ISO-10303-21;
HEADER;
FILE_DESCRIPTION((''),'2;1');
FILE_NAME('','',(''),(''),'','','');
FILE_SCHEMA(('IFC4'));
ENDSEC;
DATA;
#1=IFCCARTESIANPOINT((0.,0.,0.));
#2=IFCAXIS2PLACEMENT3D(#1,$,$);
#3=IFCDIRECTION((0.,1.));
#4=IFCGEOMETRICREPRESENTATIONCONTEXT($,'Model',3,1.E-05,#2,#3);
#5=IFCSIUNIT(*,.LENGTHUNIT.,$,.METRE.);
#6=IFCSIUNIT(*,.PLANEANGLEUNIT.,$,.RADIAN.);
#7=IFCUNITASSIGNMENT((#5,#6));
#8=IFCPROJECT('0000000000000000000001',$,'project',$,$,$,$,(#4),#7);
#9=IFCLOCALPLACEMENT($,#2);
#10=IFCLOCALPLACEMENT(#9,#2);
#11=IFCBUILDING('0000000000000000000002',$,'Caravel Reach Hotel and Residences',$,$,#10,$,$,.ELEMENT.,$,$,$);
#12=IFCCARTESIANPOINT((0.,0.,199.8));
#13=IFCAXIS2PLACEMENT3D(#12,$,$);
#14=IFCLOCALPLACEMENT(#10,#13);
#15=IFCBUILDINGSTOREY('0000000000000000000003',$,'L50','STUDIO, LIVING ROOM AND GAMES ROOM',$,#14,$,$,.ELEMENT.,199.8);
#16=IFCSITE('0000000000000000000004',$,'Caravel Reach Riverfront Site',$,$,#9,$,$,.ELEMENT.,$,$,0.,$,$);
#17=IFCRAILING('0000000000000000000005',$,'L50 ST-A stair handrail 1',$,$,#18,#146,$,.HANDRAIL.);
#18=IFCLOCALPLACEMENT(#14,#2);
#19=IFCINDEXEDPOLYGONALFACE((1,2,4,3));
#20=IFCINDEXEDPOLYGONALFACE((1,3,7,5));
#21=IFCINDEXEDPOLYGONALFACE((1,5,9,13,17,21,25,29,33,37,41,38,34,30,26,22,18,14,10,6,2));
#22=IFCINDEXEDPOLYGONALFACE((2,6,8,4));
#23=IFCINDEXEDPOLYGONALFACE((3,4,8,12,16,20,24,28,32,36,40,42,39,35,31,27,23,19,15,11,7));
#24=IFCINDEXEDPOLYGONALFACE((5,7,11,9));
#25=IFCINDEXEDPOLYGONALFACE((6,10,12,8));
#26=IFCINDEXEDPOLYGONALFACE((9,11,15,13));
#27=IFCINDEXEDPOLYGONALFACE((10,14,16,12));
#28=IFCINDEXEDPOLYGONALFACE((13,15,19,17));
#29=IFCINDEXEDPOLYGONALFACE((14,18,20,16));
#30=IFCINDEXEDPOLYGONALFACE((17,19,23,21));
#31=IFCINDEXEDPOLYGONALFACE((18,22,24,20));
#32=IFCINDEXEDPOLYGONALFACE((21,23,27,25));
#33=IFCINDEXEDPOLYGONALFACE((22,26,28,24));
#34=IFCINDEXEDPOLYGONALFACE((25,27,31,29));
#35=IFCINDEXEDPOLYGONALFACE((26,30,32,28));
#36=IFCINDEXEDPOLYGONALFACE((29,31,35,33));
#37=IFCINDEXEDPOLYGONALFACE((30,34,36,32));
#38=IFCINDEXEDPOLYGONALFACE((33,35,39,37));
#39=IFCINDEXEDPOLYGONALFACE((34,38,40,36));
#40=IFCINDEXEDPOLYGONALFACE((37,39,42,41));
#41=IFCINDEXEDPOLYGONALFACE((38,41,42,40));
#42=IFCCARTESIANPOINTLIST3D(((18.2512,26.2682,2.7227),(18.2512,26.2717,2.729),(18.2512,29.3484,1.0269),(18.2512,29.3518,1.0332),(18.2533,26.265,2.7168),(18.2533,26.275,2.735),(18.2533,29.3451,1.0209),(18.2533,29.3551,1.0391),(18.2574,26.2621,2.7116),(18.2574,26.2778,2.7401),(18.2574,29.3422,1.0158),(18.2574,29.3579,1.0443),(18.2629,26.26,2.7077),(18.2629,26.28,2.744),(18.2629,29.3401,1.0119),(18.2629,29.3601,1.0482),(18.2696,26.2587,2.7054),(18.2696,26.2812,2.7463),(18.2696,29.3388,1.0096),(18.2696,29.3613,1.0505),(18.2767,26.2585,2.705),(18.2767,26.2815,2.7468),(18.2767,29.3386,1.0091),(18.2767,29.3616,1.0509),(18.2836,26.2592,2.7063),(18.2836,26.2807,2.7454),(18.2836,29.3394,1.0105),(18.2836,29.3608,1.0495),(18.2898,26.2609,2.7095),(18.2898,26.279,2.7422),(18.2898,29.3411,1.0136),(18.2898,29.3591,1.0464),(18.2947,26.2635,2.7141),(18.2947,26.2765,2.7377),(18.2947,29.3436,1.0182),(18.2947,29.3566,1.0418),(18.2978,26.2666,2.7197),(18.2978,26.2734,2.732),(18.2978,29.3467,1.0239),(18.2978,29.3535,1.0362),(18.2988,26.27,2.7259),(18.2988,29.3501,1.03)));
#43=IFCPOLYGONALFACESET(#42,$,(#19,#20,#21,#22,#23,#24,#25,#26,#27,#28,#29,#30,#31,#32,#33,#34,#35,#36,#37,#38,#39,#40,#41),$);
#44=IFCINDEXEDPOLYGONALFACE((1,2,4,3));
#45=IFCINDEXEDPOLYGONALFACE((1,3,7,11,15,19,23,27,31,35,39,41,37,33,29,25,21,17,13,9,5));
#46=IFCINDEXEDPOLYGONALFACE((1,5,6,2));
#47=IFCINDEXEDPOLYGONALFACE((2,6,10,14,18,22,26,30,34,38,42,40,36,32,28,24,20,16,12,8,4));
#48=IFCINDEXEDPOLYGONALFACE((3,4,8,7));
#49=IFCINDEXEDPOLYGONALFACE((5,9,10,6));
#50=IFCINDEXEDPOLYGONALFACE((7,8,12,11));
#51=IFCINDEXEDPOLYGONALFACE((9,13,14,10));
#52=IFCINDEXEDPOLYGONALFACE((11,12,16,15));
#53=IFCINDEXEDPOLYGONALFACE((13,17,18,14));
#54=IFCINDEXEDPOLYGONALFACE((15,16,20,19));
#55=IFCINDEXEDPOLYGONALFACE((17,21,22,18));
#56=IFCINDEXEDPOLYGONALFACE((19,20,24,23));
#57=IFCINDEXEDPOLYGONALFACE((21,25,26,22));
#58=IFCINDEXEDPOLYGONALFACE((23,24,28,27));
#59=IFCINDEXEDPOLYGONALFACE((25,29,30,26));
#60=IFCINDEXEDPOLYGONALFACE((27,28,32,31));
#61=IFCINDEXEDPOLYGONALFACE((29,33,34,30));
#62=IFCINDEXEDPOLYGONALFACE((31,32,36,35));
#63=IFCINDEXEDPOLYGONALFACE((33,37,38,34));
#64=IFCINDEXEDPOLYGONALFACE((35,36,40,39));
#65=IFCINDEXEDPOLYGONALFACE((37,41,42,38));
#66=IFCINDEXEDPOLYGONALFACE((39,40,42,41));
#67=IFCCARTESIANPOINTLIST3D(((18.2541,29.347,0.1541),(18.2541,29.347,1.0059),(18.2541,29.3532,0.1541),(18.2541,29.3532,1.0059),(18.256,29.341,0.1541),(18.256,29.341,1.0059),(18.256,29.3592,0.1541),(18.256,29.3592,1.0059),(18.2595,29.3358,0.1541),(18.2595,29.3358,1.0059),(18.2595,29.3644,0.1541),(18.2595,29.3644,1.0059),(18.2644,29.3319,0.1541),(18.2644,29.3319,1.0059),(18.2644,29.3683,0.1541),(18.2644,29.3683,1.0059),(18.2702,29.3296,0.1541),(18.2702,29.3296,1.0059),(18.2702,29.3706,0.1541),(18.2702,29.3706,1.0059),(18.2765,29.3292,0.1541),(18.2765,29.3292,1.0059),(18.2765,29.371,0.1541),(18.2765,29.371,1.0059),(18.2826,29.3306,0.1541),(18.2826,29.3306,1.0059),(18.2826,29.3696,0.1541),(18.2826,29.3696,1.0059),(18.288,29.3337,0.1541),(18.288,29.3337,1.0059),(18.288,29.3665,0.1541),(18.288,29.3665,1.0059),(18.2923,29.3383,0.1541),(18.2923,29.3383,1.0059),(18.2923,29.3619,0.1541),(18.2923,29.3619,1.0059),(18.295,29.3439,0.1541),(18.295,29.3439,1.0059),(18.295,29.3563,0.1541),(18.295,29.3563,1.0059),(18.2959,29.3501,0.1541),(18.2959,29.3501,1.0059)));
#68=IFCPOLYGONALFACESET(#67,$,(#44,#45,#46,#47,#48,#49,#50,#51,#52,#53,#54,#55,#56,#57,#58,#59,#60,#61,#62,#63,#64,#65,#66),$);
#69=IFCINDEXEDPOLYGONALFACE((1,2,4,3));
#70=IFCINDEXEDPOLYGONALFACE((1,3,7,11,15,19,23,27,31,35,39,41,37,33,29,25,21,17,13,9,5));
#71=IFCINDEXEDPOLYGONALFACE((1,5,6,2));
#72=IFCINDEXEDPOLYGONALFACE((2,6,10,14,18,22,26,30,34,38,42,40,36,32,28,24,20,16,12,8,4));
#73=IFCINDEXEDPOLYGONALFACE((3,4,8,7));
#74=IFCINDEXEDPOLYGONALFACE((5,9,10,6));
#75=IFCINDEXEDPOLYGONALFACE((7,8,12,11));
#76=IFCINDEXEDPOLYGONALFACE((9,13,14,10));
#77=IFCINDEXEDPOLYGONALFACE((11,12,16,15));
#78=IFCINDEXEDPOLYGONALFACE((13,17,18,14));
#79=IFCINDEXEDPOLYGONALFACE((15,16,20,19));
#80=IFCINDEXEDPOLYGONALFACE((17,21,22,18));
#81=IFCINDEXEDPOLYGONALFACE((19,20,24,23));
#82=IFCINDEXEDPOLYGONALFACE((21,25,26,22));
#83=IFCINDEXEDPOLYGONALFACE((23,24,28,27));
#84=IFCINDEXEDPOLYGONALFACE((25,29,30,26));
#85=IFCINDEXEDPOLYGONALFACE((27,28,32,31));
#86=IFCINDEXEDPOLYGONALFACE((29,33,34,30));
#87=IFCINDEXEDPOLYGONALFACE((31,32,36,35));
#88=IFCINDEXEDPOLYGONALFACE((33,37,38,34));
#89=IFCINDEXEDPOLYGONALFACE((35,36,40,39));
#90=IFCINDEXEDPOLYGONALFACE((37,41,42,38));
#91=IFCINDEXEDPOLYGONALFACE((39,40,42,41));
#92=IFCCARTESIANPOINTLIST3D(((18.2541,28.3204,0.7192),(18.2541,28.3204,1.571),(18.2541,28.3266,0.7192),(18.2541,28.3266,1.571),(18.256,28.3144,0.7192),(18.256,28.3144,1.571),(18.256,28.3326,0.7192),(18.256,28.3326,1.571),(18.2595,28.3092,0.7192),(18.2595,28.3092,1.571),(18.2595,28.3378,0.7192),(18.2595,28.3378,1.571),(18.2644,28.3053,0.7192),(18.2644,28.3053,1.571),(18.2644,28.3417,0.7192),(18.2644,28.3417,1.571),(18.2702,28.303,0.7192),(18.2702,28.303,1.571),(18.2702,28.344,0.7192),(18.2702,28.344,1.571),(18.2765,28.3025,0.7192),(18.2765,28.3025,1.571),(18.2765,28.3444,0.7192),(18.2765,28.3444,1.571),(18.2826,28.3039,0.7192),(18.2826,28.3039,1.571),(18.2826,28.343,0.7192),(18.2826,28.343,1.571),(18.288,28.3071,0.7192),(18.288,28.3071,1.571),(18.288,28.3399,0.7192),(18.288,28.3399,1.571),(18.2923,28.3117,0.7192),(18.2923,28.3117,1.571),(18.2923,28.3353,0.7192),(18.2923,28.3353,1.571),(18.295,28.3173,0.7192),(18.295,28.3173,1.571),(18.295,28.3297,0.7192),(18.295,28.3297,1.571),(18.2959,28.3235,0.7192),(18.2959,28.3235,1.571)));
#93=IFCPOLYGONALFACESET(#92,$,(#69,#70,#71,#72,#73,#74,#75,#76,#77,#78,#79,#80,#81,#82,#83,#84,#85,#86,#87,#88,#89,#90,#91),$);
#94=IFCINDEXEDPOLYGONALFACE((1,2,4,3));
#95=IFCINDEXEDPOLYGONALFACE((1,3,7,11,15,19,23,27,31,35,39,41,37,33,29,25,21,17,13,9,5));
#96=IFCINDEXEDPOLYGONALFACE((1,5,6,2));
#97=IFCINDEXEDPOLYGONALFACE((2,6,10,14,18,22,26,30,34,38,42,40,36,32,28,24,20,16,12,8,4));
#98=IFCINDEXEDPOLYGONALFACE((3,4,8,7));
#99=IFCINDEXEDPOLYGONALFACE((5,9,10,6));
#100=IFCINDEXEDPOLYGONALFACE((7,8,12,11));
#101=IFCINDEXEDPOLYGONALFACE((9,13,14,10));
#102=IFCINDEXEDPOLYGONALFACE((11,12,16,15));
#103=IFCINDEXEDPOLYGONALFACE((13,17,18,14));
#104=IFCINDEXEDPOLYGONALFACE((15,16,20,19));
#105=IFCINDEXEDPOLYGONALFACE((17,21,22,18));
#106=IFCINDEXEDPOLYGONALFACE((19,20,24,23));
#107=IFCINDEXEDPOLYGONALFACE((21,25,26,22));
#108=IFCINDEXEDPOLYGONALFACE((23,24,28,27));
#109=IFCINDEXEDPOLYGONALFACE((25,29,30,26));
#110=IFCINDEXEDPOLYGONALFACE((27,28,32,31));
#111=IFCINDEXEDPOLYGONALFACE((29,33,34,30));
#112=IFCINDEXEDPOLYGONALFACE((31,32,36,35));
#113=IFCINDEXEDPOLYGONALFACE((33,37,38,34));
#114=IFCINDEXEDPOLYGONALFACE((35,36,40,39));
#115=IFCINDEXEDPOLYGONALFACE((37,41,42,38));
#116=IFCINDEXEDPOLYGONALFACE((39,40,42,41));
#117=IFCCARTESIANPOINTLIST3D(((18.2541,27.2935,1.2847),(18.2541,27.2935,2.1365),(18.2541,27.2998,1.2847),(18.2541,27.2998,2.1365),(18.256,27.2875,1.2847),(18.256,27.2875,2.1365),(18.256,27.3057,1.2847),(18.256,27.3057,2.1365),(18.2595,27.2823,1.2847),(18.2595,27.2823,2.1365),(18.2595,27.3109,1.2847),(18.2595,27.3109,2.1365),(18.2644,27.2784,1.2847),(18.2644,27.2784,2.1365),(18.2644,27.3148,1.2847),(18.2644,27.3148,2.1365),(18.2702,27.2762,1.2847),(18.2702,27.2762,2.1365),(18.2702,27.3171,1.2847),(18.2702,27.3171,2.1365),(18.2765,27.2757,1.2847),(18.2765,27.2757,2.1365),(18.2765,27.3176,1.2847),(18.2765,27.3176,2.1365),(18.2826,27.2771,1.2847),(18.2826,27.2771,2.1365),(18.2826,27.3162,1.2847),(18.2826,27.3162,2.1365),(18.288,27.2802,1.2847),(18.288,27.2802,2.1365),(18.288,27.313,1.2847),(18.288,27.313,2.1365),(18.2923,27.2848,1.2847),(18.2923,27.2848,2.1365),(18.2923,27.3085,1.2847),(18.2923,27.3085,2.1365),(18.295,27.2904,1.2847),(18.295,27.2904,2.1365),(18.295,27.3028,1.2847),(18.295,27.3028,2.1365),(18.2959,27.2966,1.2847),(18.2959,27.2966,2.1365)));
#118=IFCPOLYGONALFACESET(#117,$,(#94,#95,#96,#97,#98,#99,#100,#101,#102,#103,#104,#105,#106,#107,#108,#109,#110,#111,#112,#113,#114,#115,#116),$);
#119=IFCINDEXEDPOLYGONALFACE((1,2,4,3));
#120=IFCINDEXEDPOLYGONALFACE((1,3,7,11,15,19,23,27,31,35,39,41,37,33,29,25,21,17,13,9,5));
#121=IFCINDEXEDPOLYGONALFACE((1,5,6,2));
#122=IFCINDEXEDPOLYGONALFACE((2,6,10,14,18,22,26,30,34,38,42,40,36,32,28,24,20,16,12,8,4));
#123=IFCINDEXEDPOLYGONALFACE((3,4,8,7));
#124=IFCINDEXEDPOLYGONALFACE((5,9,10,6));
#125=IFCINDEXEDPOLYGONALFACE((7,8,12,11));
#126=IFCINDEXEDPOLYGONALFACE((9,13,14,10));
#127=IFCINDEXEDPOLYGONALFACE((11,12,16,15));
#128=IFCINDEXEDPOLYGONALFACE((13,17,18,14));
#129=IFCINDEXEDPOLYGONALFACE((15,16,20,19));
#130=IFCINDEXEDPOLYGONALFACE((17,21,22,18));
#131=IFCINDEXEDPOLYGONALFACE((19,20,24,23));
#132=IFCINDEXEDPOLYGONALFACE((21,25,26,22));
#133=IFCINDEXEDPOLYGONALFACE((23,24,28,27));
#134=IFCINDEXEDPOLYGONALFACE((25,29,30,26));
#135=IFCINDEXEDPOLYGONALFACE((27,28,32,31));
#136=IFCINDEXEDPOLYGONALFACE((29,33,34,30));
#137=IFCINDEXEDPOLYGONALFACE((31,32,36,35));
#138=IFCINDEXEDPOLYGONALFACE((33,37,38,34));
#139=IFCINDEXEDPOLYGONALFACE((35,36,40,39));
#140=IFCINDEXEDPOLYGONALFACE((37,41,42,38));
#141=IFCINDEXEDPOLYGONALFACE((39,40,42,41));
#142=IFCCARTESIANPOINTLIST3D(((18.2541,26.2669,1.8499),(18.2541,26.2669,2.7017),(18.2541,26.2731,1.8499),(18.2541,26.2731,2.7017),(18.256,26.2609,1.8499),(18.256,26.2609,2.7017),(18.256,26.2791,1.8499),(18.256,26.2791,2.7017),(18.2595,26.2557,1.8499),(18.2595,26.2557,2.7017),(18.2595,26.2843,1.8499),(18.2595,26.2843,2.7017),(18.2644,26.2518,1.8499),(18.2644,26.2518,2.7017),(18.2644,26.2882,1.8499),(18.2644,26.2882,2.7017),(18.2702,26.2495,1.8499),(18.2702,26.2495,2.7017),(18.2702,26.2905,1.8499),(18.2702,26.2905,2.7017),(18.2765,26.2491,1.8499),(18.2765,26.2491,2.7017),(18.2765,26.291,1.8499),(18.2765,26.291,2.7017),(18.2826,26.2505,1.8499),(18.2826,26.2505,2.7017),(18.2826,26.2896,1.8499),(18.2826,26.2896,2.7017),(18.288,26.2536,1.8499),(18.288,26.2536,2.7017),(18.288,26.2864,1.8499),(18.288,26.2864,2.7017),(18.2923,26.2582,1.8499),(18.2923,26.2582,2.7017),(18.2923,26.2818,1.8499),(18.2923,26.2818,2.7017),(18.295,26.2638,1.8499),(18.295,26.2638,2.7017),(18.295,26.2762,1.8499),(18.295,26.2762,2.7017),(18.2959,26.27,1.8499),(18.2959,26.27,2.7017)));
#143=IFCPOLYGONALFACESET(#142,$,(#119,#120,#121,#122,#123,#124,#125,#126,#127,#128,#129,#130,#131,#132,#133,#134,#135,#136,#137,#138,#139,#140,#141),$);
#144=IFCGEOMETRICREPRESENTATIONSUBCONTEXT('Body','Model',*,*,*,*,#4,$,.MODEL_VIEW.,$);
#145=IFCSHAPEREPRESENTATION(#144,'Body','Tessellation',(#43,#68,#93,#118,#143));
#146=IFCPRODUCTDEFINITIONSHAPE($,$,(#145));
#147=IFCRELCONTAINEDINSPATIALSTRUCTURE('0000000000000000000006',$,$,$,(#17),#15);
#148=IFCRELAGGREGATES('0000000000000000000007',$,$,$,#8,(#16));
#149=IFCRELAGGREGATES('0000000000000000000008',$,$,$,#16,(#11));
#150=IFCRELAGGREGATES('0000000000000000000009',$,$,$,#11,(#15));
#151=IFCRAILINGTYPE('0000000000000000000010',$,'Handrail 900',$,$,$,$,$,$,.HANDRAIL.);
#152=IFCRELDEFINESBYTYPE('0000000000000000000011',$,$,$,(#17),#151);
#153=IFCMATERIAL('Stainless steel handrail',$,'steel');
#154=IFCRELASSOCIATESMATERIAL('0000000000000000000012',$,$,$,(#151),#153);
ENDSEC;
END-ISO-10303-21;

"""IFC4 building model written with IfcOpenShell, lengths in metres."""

from ifc_helpers import new_model, si_unit, direction, frame, origin, origin_2d, place, context, subcontext, project, spatial, circle, extrude, material, type_object, element, save


model = new_model("IFC4")

# Units and contexts
model_context = context("Model", 3, precision=1e-05, world=origin(), true_north=direction((0.0, 1.0)))
body_context = subcontext(model_context, "Body", "Model", "MODEL_VIEW")
ifc_project = project(units=[si_unit("LENGTHUNIT", "METRE"), si_unit("PLANEANGLEUNIT", "RADIAN")], contexts=[model_context])

# Site, building, storey
site_placement = place(None, origin())
site = spatial("IfcSite", under=ifc_project, at=site_placement, Name="Caravel Reach Riverfront Site", CompositionType="ELEMENT", RefElevation=0.0)
building_placement = place(site_placement, origin())
building = spatial("IfcBuilding", under=site, at=building_placement, Name="Caravel Reach Hotel and Residences", CompositionType="ELEMENT")
storey_placement = place(building_placement, frame((0.0, 0.0, 199.8)))
storey = spatial("IfcBuildingStorey", under=building, at=storey_placement, Name="L50", Description="STUDIO, LIVING ROOM AND GAMES ROOM", CompositionType="ELEMENT", Elevation=199.8)

# Railing
ifc_material_1 = material(Name="Stainless steel handrail", Category="steel")
railing_type_1 = type_object("IfcRailingType", Name="Handrail 900", PredefinedType="HANDRAIL", material=ifc_material_1)
railing_1_placement = place(storey_placement, frame((18.2749, 29.3501, 0.1541)))
element("IfcRailing", 1, at=railing_1_placement, inside=storey, type_object=railing_type_1, Name="L50 ST-A stair handrail 1", PredefinedType="HANDRAIL", context=body_context, shape_type="SweptSolid", body=[
    extrude(circle(Radius=0.0239, at=origin_2d()), frame((0.0, 0.0, 0.876), z_axis=(0.0, -0.876005, 0.482303), x_axis=(1.0, 0.0, 0.0)), (0.0, 0.0, 1.0), 3.5161),
    extrude(circle(Radius=0.021, at=origin_2d()), origin(), (0.0, 0.0, 1.0), 0.8518),
    extrude(circle(Radius=0.021, at=origin_2d()), frame((0.0, -1.0266, 0.5652)), (0.0, 0.0, 1.0), 0.8518),
    extrude(circle(Radius=0.021, at=origin_2d()), frame((0.0, -2.0535, 1.1306)), (0.0, 0.0, 1.0), 0.8518),
    extrude(circle(Radius=0.021, at=origin_2d()), frame((0.0, -3.0801, 1.6958)), (0.0, 0.0, 1.0), 0.8518),
])

save(model, "model.ifc")
